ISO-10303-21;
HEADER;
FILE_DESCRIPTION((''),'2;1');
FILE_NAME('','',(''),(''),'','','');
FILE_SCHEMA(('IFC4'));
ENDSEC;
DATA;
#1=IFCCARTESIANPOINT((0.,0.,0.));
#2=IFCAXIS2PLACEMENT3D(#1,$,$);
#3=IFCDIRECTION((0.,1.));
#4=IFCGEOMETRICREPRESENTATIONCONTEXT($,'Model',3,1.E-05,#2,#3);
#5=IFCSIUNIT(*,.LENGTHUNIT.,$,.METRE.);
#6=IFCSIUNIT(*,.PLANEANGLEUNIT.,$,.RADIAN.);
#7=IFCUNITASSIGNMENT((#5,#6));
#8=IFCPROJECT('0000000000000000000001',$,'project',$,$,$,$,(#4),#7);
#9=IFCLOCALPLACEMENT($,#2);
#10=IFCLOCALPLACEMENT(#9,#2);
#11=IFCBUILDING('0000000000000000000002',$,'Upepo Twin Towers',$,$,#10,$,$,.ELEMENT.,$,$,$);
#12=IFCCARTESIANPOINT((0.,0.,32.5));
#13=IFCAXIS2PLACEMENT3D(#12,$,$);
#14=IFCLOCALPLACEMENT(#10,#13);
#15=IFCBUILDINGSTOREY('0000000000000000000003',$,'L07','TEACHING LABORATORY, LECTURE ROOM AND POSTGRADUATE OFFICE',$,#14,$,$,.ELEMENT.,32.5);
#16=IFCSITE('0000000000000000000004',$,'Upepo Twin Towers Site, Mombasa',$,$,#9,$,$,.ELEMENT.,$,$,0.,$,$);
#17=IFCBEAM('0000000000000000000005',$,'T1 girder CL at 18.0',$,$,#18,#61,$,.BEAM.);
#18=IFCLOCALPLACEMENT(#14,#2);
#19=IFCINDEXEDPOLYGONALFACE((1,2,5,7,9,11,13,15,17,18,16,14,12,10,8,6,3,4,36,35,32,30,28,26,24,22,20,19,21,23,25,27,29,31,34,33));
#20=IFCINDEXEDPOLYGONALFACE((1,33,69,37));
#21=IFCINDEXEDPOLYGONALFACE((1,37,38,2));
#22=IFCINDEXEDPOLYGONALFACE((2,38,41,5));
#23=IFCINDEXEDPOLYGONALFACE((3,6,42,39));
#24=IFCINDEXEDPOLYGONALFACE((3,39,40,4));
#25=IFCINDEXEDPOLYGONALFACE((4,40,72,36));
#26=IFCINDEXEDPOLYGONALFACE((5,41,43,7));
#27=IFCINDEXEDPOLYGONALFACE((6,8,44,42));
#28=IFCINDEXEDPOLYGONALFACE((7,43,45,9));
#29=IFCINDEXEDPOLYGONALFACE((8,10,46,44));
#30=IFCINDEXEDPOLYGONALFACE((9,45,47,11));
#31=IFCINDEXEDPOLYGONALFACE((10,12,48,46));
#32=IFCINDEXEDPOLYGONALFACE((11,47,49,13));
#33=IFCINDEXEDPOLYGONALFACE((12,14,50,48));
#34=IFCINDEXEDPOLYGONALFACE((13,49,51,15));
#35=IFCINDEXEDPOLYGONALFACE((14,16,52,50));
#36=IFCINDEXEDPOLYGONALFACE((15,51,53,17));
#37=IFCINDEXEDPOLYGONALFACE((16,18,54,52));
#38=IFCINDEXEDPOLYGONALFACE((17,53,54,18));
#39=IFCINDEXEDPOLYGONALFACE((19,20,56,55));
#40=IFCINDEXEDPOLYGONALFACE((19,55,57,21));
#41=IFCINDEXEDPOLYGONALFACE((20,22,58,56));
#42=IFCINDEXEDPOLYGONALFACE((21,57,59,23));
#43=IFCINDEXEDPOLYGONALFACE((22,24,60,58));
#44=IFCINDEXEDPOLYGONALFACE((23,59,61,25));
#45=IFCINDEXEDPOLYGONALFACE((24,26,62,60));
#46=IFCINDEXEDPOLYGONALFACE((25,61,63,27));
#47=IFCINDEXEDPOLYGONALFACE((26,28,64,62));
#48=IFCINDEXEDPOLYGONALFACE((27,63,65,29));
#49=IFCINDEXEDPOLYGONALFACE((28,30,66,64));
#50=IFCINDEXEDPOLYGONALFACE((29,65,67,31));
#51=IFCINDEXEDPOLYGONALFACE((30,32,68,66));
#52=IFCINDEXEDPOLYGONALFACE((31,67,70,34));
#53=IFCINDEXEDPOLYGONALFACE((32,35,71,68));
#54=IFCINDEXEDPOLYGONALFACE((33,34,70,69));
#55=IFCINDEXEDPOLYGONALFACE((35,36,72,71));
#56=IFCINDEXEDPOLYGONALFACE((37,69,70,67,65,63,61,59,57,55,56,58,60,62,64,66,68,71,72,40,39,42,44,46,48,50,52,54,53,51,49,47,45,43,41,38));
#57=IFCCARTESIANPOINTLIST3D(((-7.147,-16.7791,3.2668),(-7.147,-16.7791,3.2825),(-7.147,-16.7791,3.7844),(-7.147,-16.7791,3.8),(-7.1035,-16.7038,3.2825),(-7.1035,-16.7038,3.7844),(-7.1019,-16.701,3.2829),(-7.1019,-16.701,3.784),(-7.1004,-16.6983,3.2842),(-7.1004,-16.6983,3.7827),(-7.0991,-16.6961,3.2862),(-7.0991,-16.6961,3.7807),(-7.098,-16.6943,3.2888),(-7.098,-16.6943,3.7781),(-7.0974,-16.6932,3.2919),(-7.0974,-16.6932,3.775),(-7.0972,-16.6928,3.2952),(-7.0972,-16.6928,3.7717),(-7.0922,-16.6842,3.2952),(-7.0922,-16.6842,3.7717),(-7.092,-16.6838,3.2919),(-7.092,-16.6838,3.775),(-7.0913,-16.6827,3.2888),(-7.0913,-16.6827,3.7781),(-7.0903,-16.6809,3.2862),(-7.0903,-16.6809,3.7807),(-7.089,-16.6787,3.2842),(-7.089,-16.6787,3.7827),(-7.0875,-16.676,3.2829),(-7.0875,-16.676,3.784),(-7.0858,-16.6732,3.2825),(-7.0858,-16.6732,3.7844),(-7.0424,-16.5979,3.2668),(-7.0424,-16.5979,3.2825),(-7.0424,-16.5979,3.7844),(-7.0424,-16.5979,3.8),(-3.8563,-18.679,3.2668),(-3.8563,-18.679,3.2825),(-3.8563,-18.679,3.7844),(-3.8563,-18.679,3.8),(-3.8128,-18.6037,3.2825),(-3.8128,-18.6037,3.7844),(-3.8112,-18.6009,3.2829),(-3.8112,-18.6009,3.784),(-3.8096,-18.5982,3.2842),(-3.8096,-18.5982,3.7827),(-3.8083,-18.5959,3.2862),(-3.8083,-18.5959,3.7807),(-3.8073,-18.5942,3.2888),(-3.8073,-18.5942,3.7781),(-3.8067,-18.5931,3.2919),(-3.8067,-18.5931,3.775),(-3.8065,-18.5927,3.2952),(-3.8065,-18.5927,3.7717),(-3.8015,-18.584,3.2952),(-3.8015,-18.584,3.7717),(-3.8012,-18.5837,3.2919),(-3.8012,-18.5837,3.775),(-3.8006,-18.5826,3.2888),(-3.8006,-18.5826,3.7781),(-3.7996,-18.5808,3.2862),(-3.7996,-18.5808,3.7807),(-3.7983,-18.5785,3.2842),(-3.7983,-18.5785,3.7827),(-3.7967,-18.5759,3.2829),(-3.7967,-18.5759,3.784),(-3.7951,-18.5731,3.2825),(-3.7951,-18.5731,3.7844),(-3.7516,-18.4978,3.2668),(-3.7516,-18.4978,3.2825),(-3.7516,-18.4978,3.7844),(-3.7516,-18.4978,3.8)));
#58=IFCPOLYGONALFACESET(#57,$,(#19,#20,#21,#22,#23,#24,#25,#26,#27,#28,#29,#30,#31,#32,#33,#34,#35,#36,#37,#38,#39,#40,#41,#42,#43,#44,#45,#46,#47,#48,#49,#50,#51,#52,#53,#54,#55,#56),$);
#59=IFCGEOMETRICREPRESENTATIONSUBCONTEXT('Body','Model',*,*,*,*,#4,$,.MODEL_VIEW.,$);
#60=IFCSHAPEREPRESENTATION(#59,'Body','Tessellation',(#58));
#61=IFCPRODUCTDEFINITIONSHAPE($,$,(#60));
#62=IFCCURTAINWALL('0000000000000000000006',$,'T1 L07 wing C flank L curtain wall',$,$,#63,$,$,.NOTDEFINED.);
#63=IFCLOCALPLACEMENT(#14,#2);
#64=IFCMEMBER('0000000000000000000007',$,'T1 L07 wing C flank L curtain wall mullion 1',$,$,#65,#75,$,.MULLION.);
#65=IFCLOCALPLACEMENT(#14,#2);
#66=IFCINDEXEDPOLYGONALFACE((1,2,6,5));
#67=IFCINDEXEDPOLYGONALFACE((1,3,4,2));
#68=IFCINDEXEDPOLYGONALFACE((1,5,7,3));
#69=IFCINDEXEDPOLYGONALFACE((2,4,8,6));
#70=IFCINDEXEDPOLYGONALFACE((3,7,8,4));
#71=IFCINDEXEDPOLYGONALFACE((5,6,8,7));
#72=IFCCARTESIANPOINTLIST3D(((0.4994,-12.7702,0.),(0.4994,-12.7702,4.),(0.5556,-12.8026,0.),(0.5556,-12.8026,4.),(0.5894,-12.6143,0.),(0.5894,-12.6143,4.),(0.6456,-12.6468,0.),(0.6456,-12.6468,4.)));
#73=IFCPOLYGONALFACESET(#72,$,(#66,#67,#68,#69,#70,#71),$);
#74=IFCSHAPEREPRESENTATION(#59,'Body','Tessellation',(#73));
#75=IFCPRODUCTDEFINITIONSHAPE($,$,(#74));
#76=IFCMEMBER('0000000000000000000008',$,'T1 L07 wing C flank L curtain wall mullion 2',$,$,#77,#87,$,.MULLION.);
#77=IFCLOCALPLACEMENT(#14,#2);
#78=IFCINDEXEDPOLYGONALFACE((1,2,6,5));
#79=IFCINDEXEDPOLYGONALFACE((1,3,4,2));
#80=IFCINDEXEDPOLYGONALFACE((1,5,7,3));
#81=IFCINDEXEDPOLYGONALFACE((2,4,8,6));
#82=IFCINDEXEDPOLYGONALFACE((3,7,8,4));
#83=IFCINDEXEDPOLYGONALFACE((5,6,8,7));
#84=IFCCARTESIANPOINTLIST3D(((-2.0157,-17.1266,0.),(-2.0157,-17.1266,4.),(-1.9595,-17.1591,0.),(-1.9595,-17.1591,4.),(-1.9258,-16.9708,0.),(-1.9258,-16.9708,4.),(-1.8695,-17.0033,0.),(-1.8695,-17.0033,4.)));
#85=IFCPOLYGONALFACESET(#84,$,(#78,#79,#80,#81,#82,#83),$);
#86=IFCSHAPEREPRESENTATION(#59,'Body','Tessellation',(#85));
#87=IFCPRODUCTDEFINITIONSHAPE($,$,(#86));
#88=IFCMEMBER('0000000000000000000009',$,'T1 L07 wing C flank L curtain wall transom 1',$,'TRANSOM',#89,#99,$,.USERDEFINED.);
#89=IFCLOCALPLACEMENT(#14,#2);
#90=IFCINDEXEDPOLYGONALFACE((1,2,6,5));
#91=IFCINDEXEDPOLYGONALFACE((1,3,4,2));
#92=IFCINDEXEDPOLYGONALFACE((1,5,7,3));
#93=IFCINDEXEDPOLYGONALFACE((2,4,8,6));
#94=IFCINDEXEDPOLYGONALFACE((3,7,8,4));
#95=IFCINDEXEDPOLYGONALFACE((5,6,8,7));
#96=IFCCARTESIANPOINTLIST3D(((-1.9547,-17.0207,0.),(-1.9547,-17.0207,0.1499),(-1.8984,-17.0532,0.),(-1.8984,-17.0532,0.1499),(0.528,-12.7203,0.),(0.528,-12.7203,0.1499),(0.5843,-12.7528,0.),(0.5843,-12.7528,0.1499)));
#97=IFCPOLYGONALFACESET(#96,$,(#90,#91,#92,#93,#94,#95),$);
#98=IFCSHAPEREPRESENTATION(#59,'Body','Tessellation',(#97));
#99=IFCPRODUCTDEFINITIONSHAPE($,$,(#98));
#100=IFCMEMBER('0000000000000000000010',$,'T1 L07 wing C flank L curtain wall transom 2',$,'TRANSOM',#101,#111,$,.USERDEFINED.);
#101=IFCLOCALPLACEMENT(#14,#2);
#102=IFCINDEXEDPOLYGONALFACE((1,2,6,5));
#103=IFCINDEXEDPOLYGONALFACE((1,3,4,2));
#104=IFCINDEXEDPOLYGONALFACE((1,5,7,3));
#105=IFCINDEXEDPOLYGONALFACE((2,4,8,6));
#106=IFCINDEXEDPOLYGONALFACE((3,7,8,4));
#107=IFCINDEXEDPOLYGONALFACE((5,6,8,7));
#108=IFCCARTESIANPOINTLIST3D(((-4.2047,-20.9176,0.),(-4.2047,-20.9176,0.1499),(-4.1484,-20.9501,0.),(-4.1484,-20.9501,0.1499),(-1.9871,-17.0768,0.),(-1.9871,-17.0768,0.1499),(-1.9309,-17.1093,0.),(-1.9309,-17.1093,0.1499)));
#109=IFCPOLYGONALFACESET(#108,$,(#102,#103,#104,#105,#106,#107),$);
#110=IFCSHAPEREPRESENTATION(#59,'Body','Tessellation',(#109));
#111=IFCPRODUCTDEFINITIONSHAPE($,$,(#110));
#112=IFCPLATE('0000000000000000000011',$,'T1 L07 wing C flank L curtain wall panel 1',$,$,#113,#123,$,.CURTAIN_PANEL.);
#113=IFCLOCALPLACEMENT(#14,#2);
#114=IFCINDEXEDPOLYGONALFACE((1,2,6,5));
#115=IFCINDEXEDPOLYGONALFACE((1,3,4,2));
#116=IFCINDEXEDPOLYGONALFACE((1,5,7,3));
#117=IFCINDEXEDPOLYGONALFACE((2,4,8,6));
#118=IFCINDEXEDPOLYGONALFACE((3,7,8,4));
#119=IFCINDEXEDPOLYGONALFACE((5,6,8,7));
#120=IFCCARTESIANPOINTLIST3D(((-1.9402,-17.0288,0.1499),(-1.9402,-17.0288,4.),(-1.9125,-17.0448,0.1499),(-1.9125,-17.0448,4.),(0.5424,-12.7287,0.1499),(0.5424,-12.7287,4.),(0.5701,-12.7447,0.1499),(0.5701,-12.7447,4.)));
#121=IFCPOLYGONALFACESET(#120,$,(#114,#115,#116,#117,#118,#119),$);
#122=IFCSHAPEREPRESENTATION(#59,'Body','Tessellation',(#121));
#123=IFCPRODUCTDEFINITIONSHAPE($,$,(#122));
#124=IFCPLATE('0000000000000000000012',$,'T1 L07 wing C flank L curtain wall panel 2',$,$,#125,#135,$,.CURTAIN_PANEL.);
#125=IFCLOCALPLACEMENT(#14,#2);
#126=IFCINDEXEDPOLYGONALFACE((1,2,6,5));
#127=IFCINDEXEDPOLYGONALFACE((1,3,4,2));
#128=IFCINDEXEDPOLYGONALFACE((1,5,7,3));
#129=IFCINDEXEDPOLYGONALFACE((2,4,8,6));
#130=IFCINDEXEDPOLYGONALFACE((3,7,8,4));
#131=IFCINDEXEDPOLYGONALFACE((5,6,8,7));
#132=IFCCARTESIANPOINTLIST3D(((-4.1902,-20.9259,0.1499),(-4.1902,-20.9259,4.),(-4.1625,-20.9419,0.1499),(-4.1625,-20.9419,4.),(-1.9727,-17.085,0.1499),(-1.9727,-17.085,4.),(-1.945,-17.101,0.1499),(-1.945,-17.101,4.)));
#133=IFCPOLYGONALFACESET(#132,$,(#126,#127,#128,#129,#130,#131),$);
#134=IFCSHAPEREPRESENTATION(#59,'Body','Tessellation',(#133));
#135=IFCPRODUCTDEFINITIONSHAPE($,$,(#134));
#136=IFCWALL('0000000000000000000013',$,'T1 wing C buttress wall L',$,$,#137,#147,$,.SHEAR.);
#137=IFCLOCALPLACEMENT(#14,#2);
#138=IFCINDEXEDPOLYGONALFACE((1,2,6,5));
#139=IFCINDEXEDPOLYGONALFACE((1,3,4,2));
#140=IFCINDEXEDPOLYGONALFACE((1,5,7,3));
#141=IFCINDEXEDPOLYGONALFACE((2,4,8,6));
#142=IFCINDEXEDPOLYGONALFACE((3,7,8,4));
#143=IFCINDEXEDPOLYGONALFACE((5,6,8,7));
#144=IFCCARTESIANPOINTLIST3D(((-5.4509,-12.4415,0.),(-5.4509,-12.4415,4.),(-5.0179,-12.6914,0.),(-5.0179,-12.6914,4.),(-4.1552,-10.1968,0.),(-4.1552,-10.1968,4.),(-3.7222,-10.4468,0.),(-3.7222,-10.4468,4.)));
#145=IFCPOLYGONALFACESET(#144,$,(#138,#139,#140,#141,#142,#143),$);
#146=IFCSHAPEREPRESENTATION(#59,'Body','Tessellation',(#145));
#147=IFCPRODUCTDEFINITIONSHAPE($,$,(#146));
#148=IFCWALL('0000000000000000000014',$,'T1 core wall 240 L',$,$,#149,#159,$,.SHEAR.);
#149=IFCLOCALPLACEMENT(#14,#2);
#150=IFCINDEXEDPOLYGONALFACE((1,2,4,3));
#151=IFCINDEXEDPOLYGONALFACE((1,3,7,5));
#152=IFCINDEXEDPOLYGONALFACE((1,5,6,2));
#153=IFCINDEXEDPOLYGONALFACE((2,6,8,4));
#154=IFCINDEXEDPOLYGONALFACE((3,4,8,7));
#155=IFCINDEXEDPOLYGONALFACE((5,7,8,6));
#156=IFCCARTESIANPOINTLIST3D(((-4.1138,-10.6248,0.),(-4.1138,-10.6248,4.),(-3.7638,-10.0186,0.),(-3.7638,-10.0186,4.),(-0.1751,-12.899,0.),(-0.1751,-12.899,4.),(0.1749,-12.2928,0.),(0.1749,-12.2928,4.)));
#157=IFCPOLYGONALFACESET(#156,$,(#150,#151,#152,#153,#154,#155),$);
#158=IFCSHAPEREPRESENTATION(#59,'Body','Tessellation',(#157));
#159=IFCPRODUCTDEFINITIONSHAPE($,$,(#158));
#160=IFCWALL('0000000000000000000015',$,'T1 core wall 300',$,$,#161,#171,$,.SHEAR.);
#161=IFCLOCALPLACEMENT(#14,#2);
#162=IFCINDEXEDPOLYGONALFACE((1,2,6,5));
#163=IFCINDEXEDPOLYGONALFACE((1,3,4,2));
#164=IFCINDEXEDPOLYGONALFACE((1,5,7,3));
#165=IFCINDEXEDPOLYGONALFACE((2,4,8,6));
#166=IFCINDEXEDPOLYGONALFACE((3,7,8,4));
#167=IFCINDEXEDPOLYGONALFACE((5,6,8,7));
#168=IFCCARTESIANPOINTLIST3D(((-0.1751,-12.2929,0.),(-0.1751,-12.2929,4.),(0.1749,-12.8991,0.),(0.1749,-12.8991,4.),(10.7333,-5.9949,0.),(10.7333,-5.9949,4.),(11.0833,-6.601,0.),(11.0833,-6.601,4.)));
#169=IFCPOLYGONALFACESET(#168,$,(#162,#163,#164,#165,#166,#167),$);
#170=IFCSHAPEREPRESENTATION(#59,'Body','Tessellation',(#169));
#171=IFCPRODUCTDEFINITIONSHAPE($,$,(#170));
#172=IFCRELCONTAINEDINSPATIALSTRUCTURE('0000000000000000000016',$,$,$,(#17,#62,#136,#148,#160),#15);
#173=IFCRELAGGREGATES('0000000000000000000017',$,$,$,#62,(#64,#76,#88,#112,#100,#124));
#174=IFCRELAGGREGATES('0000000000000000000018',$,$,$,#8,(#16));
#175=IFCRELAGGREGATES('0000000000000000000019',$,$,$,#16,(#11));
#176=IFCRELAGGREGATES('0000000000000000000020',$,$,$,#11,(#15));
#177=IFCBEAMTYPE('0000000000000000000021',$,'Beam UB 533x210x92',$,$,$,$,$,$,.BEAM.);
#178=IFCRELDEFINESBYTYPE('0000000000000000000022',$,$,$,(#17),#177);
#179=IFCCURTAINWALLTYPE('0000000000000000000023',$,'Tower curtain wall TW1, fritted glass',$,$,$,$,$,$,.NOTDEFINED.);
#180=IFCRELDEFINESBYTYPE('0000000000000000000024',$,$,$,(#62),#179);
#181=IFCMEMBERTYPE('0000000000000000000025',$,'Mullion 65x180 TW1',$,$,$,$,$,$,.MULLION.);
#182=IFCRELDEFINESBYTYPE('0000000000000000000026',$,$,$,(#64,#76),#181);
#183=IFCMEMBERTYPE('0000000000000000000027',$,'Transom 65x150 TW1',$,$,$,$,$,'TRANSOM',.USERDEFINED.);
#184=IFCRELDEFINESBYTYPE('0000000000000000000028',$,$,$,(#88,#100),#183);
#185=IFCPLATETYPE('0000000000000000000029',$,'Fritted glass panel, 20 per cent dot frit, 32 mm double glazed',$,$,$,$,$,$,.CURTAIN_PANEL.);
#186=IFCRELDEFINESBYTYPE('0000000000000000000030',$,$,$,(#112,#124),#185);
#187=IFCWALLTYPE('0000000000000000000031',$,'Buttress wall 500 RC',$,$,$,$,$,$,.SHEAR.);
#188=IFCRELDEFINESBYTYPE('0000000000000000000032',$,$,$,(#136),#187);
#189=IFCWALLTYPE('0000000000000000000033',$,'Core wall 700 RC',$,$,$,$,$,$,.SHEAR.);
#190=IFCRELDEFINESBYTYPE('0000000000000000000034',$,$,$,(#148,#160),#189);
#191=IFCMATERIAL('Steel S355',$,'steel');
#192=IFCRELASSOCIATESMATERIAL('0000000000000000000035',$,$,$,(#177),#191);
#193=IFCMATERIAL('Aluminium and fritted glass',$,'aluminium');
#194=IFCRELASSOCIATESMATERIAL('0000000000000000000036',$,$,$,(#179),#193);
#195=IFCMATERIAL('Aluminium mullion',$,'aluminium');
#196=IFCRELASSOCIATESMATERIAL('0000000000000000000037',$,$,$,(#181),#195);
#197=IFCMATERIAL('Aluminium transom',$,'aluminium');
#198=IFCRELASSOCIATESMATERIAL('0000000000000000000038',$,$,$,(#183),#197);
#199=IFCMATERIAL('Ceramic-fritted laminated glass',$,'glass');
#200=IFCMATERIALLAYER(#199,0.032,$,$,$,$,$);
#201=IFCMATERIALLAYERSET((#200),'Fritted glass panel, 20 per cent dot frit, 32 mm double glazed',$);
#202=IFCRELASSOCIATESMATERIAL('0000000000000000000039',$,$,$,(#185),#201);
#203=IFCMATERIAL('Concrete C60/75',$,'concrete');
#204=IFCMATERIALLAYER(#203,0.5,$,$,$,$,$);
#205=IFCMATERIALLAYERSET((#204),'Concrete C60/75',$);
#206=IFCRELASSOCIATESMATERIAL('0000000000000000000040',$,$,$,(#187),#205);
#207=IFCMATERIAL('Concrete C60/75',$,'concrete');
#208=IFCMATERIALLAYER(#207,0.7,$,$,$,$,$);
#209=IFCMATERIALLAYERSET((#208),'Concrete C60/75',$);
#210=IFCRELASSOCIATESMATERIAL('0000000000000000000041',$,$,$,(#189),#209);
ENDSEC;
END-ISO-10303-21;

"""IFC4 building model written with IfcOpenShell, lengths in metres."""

from ifc_helpers import new_model, si_unit, direction, frame, frame_2d, origin, origin_2d, place, context, subcontext, project, spatial, rectangle, i_section, extrude, material, layer, layer_set, material_profile, profile_set, type_object, element, aggregate, save


model = new_model("IFC4")

# Units and contexts
model_context = context("Model", 3, precision=1e-05, world=origin(), true_north=direction((0.0, 1.0)))
body_context = subcontext(model_context, "Body", "Model", "MODEL_VIEW")
ifc_project = project(units=[si_unit("LENGTHUNIT", "METRE"), si_unit("PLANEANGLEUNIT", "RADIAN")], contexts=[model_context])

# Site, building, storey
site_placement = place(None, origin())
site = spatial("IfcSite", under=ifc_project, at=site_placement, Name="Upepo Twin Towers Site, Mombasa", CompositionType="ELEMENT", RefElevation=0.0)
building_placement = place(site_placement, origin())
building = spatial("IfcBuilding", under=site, at=building_placement, Name="Upepo Twin Towers", CompositionType="ELEMENT")
storey_placement = place(building_placement, frame((0.0, 0.0, 32.5)))
storey = spatial("IfcBuildingStorey", under=building, at=storey_placement, Name="L07", Description="TEACHING LABORATORY, LECTURE ROOM AND POSTGRADUATE OFFICE", CompositionType="ELEMENT", Elevation=32.5)

# Beam
ifc_material_1 = material(Name="Steel S355", Category="steel")
ifc_material_profile_1 = material_profile(ifc_material_1, i_section(OverallWidth=0.2092, OverallDepth=0.5332, WebThickness=0.01, FlangeThickness=0.0156, FilletRadius=0.0127, at=origin_2d()), Name="UB 533x210x92")
ifc_profile_set_1 = profile_set([ifc_material_profile_1], Name="Steel S355")
beam_type_1 = type_object("IfcBeamType", Name="Beam UB 533x210x92", PredefinedType="BEAM", material=ifc_profile_set_1)
beam_1_placement = place(storey_placement, frame((-3.804, -18.5884, 3.5334), z_axis=(-0.866028, 0.499995, 0.0), x_axis=(-0.499995, -0.866028, 0.0)))
element("IfcBeam", 1, at=beam_1_placement, inside=storey, type_object=beam_type_1, Name="T1 girder CL at 18.0", PredefinedType="BEAM", context=body_context, shape_type="SweptSolid", body=[
    extrude(i_section(OverallWidth=0.2092, OverallDepth=0.5332, WebThickness=0.01, FlangeThickness=0.0156, FilletRadius=0.0127, at=origin_2d()), origin(), (0.0, 0.0, 1.0), 3.7998),
])

# Curtain wall, members, plates
ifc_material_2 = material(Name="Aluminium and fritted glass", Category="aluminium")
curtain_wall_type = type_object("IfcCurtainWallType", Name="Tower curtain wall TW1, fritted glass", PredefinedType="NOTDEFINED", material=ifc_material_2)
curtain_wall_placement = place(storey_placement, origin())
curtain_wall = element("IfcCurtainWall", 2, at=curtain_wall_placement, inside=storey, type_object=curtain_wall_type, Name="T1 L07 wing C flank L curtain wall", PredefinedType="NOTDEFINED")
ifc_material_3 = material(Name="Aluminium mullion", Category="aluminium")
ifc_material_profile_2 = material_profile(ifc_material_3, rectangle(XDim=0.0649, YDim=0.1799, at=origin_2d()), Name="MULLION 65x180")
ifc_profile_set_2 = profile_set([ifc_material_profile_2], Name="Aluminium mullion")
member_type_1 = type_object("IfcMemberType", Name="Mullion 65x180 TW1", PredefinedType="MULLION", material=ifc_profile_set_2)
member_1_placement = place(storey_placement, frame((0.5725, -12.7085, 0.0), z_axis=(0.0, 0.0, 1.0), x_axis=(0.866025, -0.5, 0.0)))
member_1 = element("IfcMember", 3, at=member_1_placement, type_object=member_type_1, Name="T1 L07 wing C flank L curtain wall mullion 1", PredefinedType="MULLION", context=body_context, shape_type="SweptSolid", body=[
    extrude(rectangle(XDim=0.0649, YDim=0.1799, at=origin_2d()), origin(), (0.0, 0.0, 1.0), 4.0),
])
member_2_placement = place(storey_placement, frame((-1.9426, -17.0649, 0.0), z_axis=(0.0, 0.0, 1.0), x_axis=(0.866025, -0.5, 0.0)))
member_2 = element("IfcMember", 4, at=member_2_placement, type_object=member_type_1, Name="T1 L07 wing C flank L curtain wall mullion 2", PredefinedType="MULLION", context=body_context, shape_type="SweptSolid", body=[
    extrude(rectangle(XDim=0.0649, YDim=0.1799, at=origin_2d()), origin(), (0.0, 0.0, 1.0), 4.0),
])
ifc_material_4 = material(Name="Aluminium transom", Category="aluminium")
ifc_material_profile_3 = material_profile(ifc_material_4, rectangle(XDim=0.0649, YDim=0.1499, at=origin_2d()), Name="TRANSOM 65x150")
ifc_profile_set_3 = profile_set([ifc_material_profile_3], Name="Aluminium transom")
member_type_2 = type_object("IfcMemberType", Name="Transom 65x150 TW1", ElementType="TRANSOM", PredefinedType="USERDEFINED", material=ifc_profile_set_3)
member_3_placement = place(storey_placement, frame((0.5562, -12.7366, 0.075), z_axis=(-0.499983, -0.866035, 0.0), x_axis=(0.866035, -0.499983, 0.0)))
member_3 = element("IfcMember", 5, at=member_3_placement, type_object=member_type_2, Name="T1 L07 wing C flank L curtain wall transom 1", ObjectType="TRANSOM", PredefinedType="USERDEFINED", context=body_context, shape_type="SweptSolid", body=[
    extrude(rectangle(XDim=0.0649, YDim=0.1499, at=origin_2d()), origin(), (0.0, 0.0, 1.0), 4.9656),
])
member_4_placement = place(storey_placement, frame((-1.959, -17.093, 0.075), z_axis=(-0.500005, -0.866022, 0.0), x_axis=(0.866022, -0.500005, 0.0)))
member_4 = element("IfcMember", 6, at=member_4_placement, type_object=member_type_2, Name="T1 L07 wing C flank L curtain wall transom 2", ObjectType="TRANSOM", PredefinedType="USERDEFINED", context=body_context, shape_type="SweptSolid", body=[
    extrude(rectangle(XDim=0.0649, YDim=0.1499, at=origin_2d()), origin(), (0.0, 0.0, 1.0), 4.4351),
])
ifc_material_5 = material(Name="Ceramic-fritted laminated glass", Category="glass")
ifc_layer_1 = layer(ifc_material_5, 0.032)
ifc_layer_set_1 = layer_set([ifc_layer_1], Name="Fritted glass panel, 20 per cent dot frit, 32 mm double glazed")
plate_type = type_object("IfcPlateType", Name="Fritted glass panel, 20 per cent dot frit, 32 mm double glazed", PredefinedType="CURTAIN_PANEL", material=ifc_layer_set_1)
plate_1_placement = place(storey_placement, frame((-0.6851, -14.8867, 0.1499), z_axis=(0.0, 0.0, 1.0), x_axis=(-0.5, -0.866025, 0.0)))
plate_1 = element("IfcPlate", 7, at=plate_1_placement, type_object=plate_type, Name="T1 L07 wing C flank L curtain wall panel 1", PredefinedType="CURTAIN_PANEL", context=body_context, shape_type="SweptSolid", body=[
    extrude(rectangle(XDim=4.9653, YDim=0.032, at=origin_2d()), origin(), (0.0, 0.0, 1.0), 3.8501),
])
plate_2_placement = place(storey_placement, frame((-3.0676, -19.0134, 0.1499), z_axis=(0.0, 0.0, 1.0), x_axis=(-0.5, -0.866025, 0.0)))
plate_2 = element("IfcPlate", 8, at=plate_2_placement, type_object=plate_type, Name="T1 L07 wing C flank L curtain wall panel 2", PredefinedType="CURTAIN_PANEL", context=body_context, shape_type="SweptSolid", body=[
    extrude(rectangle(XDim=4.4351, YDim=0.032, at=origin_2d()), origin(), (0.0, 0.0, 1.0), 3.8501),
])
aggregate(curtain_wall, [member_1, member_2, member_3, plate_1, member_4, plate_2])

# Walls
ifc_material_6 = material(Name="Concrete C60/75", Category="concrete")
ifc_layer_2 = layer(ifc_material_6, 0.5)
ifc_layer_set_2 = layer_set([ifc_layer_2], Name="Concrete C60/75")
wall_type_1 = type_object("IfcWallType", Name="Buttress wall 500 RC", PredefinedType="SHEAR", material=ifc_layer_set_2)
wall_1_placement = place(storey_placement, frame((-3.9387, -10.3218, 0.0), z_axis=(0.0, 0.0, 1.0), x_axis=(-0.499918, -0.866073, 0.0)))
element("IfcWall", 9, at=wall_1_placement, inside=storey, type_object=wall_type_1, Name="T1 wing C buttress wall L", PredefinedType="SHEAR", context=body_context, shape_type="SweptSolid", body=[
    extrude(rectangle(XDim=2.5918, YDim=0.5, at=frame_2d((1.2959, 0.0))), origin(), (0.0, 0.0, 1.0), 4.0),
])
ifc_material_7 = material(Name="Concrete C60/75", Category="concrete")
ifc_layer_3 = layer(ifc_material_7, 0.7)
ifc_layer_set_3 = layer_set([ifc_layer_3], Name="Concrete C60/75")
wall_type_2 = type_object("IfcWallType", Name="Core wall 700 RC", PredefinedType="SHEAR", material=ifc_layer_set_3)
wall_2_placement = place(storey_placement, frame((-3.9387, -10.3218, 0.0), z_axis=(0.0, 0.0, 1.0), x_axis=(0.866011, -0.500024, 0.0)))
element("IfcWall", 10, at=wall_2_placement, inside=storey, type_object=wall_type_2, Name="T1 core wall 240 L", PredefinedType="SHEAR", context=body_context, shape_type="SweptSolid", body=[
    extrude(rectangle(XDim=4.5481, YDim=0.7, at=frame_2d((2.2739, 0.0))), origin(), (0.0, 0.0, 1.0), 4.0),
])
wall_3_placement = place(storey_placement, frame((0.0, -12.5959, 0.0), z_axis=(0.0, 0.0, 1.0), x_axis=(0.866022, 0.500006, 0.0)))
element("IfcWall", 11, at=wall_3_placement, inside=storey, type_object=wall_type_2, Name="T1 core wall 300", PredefinedType="SHEAR", context=body_context, shape_type="SweptSolid", body=[
    extrude(rectangle(XDim=12.5959, YDim=0.7, at=frame_2d((6.2979, 0.0))), origin(), (0.0, 0.0, 1.0), 4.0),
])

save(model, "model.ifc")
